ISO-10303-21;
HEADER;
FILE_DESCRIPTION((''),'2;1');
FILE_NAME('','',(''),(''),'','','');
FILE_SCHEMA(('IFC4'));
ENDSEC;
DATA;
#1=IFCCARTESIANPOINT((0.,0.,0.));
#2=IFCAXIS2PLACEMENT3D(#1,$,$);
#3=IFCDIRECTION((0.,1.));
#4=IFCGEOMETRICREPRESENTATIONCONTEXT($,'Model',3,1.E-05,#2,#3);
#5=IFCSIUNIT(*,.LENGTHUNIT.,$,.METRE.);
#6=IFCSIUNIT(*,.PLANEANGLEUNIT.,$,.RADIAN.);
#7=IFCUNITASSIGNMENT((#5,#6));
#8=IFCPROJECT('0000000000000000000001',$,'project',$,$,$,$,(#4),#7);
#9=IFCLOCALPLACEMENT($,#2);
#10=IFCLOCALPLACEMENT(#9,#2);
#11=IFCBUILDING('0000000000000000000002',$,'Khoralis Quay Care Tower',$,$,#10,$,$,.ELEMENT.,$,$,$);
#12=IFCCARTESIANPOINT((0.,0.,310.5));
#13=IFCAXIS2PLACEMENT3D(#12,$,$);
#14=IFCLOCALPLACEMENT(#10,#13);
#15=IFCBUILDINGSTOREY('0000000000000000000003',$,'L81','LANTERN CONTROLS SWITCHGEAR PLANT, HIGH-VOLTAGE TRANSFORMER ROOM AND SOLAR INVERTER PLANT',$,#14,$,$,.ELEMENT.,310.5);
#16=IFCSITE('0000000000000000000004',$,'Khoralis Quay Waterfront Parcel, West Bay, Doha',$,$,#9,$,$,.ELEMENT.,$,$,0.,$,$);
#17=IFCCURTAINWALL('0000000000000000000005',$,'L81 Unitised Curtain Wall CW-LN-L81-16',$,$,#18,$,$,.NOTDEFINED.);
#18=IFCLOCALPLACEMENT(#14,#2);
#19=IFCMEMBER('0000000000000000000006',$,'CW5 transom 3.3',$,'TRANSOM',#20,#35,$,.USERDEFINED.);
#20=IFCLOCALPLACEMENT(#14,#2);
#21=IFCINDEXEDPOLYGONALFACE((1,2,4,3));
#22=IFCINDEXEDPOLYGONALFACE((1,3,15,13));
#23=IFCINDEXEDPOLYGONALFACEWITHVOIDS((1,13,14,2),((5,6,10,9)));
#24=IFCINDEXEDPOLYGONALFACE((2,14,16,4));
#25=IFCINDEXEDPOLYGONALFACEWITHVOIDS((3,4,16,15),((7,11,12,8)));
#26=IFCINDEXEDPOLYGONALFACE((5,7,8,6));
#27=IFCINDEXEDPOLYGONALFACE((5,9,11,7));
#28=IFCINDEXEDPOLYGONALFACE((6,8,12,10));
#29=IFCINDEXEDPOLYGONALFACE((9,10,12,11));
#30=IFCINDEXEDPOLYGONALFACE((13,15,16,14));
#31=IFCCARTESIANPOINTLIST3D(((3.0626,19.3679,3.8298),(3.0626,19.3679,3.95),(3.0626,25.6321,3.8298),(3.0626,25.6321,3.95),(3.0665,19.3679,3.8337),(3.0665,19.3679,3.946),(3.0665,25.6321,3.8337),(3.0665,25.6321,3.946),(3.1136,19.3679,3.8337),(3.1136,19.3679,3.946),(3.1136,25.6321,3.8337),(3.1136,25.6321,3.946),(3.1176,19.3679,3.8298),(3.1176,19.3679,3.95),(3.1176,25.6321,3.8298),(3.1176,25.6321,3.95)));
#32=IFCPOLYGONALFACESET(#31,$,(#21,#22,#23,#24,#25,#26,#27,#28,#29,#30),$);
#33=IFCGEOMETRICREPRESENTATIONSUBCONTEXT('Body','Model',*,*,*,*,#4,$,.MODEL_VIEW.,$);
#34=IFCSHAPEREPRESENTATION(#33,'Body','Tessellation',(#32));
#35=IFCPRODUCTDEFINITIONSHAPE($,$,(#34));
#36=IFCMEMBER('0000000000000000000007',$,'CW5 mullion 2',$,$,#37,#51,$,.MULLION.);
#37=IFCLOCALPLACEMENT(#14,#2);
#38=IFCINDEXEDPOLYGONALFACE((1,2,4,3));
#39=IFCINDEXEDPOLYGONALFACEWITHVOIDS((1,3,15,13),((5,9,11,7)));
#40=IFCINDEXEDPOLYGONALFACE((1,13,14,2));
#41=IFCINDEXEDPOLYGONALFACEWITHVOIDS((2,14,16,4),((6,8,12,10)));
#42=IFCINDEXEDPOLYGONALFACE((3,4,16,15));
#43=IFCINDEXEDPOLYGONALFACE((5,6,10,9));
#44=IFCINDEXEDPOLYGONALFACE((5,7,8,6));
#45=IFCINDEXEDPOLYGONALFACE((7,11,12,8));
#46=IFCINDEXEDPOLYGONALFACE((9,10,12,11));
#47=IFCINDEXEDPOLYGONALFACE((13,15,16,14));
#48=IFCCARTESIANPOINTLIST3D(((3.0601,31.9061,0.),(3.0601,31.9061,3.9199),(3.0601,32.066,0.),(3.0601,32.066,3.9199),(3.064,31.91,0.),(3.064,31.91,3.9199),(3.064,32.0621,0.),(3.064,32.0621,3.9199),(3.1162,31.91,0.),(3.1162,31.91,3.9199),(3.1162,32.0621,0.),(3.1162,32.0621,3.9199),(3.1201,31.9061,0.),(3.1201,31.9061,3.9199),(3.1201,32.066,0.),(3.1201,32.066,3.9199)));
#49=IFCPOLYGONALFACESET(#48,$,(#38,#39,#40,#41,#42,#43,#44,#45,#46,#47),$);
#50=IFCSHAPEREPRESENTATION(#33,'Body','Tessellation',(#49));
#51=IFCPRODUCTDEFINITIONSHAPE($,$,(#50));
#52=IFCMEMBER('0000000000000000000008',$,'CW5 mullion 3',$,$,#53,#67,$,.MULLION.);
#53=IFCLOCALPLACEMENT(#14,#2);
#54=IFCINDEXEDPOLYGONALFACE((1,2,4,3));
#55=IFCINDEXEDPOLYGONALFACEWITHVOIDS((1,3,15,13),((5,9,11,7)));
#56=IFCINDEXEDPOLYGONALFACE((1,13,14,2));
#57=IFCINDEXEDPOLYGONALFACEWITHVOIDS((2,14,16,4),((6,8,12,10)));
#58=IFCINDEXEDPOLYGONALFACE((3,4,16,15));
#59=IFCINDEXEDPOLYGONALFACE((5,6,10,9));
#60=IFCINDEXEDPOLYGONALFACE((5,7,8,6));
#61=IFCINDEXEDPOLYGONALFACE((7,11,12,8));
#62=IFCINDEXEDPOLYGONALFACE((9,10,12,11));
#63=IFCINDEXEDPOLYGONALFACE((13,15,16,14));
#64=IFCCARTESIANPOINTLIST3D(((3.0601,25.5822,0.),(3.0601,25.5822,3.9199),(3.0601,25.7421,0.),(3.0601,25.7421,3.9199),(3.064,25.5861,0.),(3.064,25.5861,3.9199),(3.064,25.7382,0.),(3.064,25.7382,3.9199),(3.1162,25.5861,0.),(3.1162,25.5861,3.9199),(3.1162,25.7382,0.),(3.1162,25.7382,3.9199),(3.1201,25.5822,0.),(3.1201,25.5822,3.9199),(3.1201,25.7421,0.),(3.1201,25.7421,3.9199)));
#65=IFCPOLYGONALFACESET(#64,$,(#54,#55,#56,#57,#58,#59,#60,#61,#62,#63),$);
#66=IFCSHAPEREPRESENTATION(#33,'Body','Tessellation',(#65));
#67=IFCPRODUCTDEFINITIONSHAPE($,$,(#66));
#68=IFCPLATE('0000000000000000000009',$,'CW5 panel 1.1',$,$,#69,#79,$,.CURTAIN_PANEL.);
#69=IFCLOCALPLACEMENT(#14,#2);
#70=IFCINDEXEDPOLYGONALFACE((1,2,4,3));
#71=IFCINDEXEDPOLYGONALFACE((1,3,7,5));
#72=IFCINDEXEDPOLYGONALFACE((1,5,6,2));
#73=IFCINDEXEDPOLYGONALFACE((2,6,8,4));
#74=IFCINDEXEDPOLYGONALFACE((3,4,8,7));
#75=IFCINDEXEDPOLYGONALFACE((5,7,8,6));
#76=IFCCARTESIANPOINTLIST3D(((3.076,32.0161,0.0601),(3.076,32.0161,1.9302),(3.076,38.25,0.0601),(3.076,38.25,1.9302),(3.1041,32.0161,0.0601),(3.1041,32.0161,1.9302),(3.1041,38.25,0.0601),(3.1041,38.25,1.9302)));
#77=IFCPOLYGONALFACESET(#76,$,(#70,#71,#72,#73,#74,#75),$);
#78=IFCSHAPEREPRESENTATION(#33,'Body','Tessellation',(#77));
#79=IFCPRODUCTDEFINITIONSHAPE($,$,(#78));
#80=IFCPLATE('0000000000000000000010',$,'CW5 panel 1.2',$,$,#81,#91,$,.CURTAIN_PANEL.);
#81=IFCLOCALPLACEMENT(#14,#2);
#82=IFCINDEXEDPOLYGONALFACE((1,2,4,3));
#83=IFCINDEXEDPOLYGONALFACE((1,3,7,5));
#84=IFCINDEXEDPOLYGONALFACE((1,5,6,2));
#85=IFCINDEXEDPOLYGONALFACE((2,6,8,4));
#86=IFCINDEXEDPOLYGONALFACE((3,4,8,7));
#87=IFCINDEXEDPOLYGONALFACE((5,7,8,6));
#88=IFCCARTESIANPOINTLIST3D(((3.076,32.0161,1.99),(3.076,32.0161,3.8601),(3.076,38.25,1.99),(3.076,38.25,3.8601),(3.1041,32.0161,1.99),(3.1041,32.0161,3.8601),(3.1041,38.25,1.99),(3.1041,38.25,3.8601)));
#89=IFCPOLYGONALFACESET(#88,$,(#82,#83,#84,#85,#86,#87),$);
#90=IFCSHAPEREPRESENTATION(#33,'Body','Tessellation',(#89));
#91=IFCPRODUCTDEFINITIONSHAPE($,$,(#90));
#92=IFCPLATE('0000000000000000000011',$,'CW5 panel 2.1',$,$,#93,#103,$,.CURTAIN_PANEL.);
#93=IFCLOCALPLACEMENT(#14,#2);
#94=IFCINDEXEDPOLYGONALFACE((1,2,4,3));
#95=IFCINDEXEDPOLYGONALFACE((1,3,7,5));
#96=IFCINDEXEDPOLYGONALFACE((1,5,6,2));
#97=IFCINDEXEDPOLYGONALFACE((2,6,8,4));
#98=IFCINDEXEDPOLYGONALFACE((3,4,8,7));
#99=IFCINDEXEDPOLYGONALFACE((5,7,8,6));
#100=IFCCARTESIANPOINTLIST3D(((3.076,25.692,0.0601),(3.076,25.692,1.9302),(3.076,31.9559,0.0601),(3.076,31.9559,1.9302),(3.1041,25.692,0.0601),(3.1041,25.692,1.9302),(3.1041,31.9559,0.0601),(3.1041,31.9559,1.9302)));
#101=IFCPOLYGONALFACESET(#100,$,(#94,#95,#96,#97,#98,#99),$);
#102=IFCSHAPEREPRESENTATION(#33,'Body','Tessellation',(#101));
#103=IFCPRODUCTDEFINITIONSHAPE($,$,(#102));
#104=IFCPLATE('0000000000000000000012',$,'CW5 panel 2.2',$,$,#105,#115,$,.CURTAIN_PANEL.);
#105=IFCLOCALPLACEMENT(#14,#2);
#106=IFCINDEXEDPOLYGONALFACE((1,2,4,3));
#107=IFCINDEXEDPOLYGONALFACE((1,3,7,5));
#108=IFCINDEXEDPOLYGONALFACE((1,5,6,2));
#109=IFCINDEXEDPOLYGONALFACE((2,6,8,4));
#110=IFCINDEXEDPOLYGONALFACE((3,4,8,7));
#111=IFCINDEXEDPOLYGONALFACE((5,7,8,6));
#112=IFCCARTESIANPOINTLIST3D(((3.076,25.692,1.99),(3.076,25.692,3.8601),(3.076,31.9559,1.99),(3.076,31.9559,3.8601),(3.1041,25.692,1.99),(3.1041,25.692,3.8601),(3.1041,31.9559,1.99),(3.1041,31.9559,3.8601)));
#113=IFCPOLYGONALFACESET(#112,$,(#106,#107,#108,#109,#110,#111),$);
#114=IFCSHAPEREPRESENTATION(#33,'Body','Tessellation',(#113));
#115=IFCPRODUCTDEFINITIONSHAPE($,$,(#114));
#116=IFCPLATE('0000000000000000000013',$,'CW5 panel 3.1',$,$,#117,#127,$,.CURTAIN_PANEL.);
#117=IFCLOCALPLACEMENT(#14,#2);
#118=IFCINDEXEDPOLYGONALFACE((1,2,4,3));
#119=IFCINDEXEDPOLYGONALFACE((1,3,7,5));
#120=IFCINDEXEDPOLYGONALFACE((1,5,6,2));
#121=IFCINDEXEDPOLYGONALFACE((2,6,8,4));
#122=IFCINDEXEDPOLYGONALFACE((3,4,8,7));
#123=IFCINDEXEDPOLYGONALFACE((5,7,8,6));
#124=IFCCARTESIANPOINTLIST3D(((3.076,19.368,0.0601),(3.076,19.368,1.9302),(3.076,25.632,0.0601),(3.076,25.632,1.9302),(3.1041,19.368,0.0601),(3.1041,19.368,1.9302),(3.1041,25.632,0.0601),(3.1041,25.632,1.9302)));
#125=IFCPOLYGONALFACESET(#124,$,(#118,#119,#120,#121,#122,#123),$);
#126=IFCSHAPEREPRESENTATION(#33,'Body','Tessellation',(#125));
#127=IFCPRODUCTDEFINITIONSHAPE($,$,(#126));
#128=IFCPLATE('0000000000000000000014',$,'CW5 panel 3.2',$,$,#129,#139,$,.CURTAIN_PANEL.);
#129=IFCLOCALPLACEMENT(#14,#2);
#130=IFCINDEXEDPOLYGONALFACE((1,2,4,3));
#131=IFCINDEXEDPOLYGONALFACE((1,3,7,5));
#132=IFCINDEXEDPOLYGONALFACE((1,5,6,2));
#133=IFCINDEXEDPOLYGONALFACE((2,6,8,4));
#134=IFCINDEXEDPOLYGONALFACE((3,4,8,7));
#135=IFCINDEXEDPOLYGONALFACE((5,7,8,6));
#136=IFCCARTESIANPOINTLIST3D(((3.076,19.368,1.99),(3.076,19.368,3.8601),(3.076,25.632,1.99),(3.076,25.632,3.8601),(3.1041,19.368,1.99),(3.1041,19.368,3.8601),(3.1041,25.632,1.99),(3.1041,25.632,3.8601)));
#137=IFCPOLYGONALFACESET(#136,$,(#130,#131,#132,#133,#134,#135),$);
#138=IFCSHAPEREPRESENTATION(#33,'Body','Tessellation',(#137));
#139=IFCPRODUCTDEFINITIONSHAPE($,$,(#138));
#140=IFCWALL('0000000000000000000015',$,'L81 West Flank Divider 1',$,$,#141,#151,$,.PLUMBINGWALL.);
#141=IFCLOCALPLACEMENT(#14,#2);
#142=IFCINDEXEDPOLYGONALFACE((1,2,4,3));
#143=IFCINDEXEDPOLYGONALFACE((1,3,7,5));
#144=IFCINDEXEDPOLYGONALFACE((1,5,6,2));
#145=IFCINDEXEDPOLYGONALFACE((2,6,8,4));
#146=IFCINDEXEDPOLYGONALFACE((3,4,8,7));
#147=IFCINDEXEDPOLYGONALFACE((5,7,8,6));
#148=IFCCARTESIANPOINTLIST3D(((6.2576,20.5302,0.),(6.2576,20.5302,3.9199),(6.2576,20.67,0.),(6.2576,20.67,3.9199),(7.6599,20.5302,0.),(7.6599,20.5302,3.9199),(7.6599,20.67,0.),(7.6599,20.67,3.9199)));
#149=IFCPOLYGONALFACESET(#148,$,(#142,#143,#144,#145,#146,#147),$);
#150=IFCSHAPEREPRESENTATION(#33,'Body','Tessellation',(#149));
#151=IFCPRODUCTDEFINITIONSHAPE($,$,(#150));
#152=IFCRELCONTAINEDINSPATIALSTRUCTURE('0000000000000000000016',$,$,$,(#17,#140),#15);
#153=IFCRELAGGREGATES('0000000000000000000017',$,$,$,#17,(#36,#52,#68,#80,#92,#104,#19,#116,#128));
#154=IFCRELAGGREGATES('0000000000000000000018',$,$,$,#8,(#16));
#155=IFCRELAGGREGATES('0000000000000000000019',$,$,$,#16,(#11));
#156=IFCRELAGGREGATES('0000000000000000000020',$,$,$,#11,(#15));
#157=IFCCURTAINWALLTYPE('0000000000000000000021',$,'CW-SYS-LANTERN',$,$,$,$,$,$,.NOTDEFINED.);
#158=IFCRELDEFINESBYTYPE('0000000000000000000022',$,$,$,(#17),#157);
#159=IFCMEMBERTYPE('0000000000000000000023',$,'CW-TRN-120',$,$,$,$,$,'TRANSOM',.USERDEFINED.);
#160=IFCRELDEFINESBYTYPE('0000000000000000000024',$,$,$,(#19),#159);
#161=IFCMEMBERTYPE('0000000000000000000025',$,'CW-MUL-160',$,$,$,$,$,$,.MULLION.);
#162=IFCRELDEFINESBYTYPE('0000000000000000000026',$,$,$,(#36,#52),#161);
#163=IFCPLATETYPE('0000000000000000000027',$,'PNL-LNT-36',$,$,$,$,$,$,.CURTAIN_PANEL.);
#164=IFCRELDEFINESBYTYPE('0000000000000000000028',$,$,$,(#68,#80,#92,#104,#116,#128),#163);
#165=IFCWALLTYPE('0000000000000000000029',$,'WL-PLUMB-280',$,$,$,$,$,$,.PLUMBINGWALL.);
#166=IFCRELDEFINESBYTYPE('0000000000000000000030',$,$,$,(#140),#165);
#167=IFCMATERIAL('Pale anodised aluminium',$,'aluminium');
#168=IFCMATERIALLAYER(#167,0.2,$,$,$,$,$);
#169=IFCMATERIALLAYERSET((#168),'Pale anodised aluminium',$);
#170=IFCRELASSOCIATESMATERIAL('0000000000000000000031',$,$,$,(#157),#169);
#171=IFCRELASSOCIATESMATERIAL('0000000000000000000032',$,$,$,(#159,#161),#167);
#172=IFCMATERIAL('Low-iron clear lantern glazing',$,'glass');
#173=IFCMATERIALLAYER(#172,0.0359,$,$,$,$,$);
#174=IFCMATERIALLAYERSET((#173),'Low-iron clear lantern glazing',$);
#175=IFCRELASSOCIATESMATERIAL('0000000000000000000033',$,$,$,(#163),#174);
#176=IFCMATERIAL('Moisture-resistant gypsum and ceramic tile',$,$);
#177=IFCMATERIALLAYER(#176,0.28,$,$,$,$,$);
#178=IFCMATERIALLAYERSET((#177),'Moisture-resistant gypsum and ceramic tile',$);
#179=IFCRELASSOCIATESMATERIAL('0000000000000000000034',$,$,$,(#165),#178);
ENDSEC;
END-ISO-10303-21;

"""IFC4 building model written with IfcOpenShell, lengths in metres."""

from ifc_helpers import new_model, si_unit, direction, frame, frame_2d, origin, origin_2d, place, context, subcontext, project, spatial, rectangle, hollow_rectangle, extrude, source, transform, mapped, material, layer, layer_set, material_profile, profile_set, type_object, element, aggregate, save


model = new_model("IFC4")

# Units and contexts
model_context = context("Model", 3, precision=1e-05, world=origin(), true_north=direction((0.0, 1.0)))
body_context = subcontext(model_context, "Body", "Model", "MODEL_VIEW")
ifc_project = project(units=[si_unit("LENGTHUNIT", "METRE"), si_unit("PLANEANGLEUNIT", "RADIAN")], contexts=[model_context])

# Site, building, storey
site_placement = place(None, origin())
site = spatial("IfcSite", under=ifc_project, at=site_placement, Name="Khoralis Quay Waterfront Parcel, West Bay, Doha", CompositionType="ELEMENT", RefElevation=0.0)
building_placement = place(site_placement, origin())
building = spatial("IfcBuilding", under=site, at=building_placement, Name="Khoralis Quay Care Tower", CompositionType="ELEMENT")
storey_placement = place(building_placement, frame((0.0, 0.0, 310.5)))
storey = spatial("IfcBuildingStorey", under=building, at=storey_placement, Name="L81", Description="LANTERN CONTROLS SWITCHGEAR PLANT, HIGH-VOLTAGE TRANSFORMER ROOM AND SOLAR INVERTER PLANT", CompositionType="ELEMENT", Elevation=310.5)

# Curtain wall, members, plates
ifc_material_1 = material(Name="Pale anodised aluminium", Category="aluminium")
ifc_layer_1 = layer(ifc_material_1, 0.2)
ifc_layer_set_1 = layer_set([ifc_layer_1], Name="Pale anodised aluminium")
curtain_wall_type = type_object("IfcCurtainWallType", Name="CW-SYS-LANTERN", PredefinedType="NOTDEFINED", material=ifc_layer_set_1)
curtain_wall_placement = place(storey_placement, origin())
curtain_wall = element("IfcCurtainWall", 1, at=curtain_wall_placement, inside=storey, type_object=curtain_wall_type, Name="L81 Unitised Curtain Wall CW-LN-L81-16", PredefinedType="NOTDEFINED")
ifc_material_profile_1 = material_profile(ifc_material_1, hollow_rectangle(XDim=0.0549, YDim=0.1201, WallThickness=0.0039, at=origin_2d()), Name="Pale anodised aluminium")
ifc_profile_set_1 = profile_set([ifc_material_profile_1], Name="Pale anodised aluminium")
member_type_1 = type_object("IfcMemberType", Name="CW-TRN-120", ElementType="TRANSOM", PredefinedType="USERDEFINED", material=ifc_profile_set_1)
shared_shape_1 = source(origin(), body_context, "Body", "SweptSolid", [
    extrude(hollow_rectangle(XDim=0.0549, YDim=0.1201, WallThickness=0.0039, at=origin_2d()), origin(), (0.0, 0.0, 1.0), 6.2642),
])
member_1_placement = place(storey_placement, frame((3.0901, 25.6321, 3.8899), z_axis=(0.0, -1.0, 0.0), x_axis=(1.0, 0.0, 0.0)))
member_1 = element("IfcMember", 2, at=member_1_placement, type_object=member_type_1, Name="CW5 transom 3.3", ObjectType="TRANSOM", PredefinedType="USERDEFINED", context=body_context, shape_type="MappedRepresentation", body=[
    mapped(shared_shape_1, transform((0.0, 0.0, 0.0), scale=1.0)),
])
ifc_material_profile_2 = material_profile(ifc_material_1, hollow_rectangle(XDim=0.0601, YDim=0.1599, WallThickness=0.0039, at=origin_2d()), Name="Pale anodised aluminium")
ifc_profile_set_2 = profile_set([ifc_material_profile_2], Name="Pale anodised aluminium")
member_type_2 = type_object("IfcMemberType", Name="CW-MUL-160", PredefinedType="MULLION", material=ifc_profile_set_2)
shared_shape_2 = source(origin(), body_context, "Body", "SweptSolid", [
    extrude(hollow_rectangle(XDim=0.0601, YDim=0.1599, WallThickness=0.0039, at=origin_2d()), origin(), (0.0, 0.0, 1.0), 3.9199),
])
member_2_placement = place(storey_placement, frame((3.0901, 31.9861, 0.0), z_axis=(0.0, 0.0, 1.0), x_axis=(1.0, 0.0, 0.0)))
member_2 = element("IfcMember", 3, at=member_2_placement, type_object=member_type_2, Name="CW5 mullion 2", PredefinedType="MULLION", context=body_context, shape_type="MappedRepresentation", body=[
    mapped(shared_shape_2, transform((0.0, 0.0, 0.0), scale=1.0)),
])
member_3_placement = place(storey_placement, frame((3.0901, 25.6621, 0.0), z_axis=(0.0, 0.0, 1.0), x_axis=(1.0, 0.0, 0.0)))
member_3 = element("IfcMember", 4, at=member_3_placement, type_object=member_type_2, Name="CW5 mullion 3", PredefinedType="MULLION", context=body_context, shape_type="MappedRepresentation", body=[
    mapped(shared_shape_2, transform((0.0, 0.0, 0.0), scale=1.0)),
])
ifc_material_2 = material(Name="Low-iron clear lantern glazing", Category="glass")
ifc_layer_2 = layer(ifc_material_2, 0.0359)
ifc_layer_set_2 = layer_set([ifc_layer_2], Name="Low-iron clear lantern glazing")
plate_type = type_object("IfcPlateType", Name="PNL-LNT-36", PredefinedType="CURTAIN_PANEL", material=ifc_layer_set_2)
shared_shape_3 = source(origin(), body_context, "Body", "SweptSolid", [
    extrude(rectangle(XDim=6.2339, YDim=0.0281, at=origin_2d()), origin(), (0.0, 0.0, 1.0), 1.8701),
])
plate_1_placement = place(storey_placement, frame((3.0901, 35.1331, 0.0601), z_axis=(0.0, 0.0, 1.0), x_axis=(0.0, -1.0, 0.0)))
plate_1 = element("IfcPlate", 5, at=plate_1_placement, type_object=plate_type, Name="CW5 panel 1.1", PredefinedType="CURTAIN_PANEL", context=body_context, shape_type="MappedRepresentation", body=[
    mapped(shared_shape_3, transform((0.0, 0.0, 0.0), scale=1.0)),
])
plate_2_placement = place(storey_placement, frame((3.0901, 35.1331, 1.99), z_axis=(0.0, 0.0, 1.0), x_axis=(0.0, -1.0, 0.0)))
plate_2 = element("IfcPlate", 6, at=plate_2_placement, type_object=plate_type, Name="CW5 panel 1.2", PredefinedType="CURTAIN_PANEL", context=body_context, shape_type="MappedRepresentation", body=[
    mapped(shared_shape_3, transform((0.0, 0.0, 0.0), scale=1.0)),
])
shared_shape_4 = source(origin(), body_context, "Body", "SweptSolid", [
    extrude(rectangle(XDim=6.2639, YDim=0.0281, at=origin_2d()), origin(), (0.0, 0.0, 1.0), 1.8701),
])
plate_3_placement = place(storey_placement, frame((3.0901, 28.824, 0.0601), z_axis=(0.0, 0.0, 1.0), x_axis=(0.0, -1.0, 0.0)))
plate_3 = element("IfcPlate", 7, at=plate_3_placement, type_object=plate_type, Name="CW5 panel 2.1", PredefinedType="CURTAIN_PANEL", context=body_context, shape_type="MappedRepresentation", body=[
    mapped(shared_shape_4, transform((0.0, 0.0, 0.0), scale=1.0)),
])
plate_4_placement = place(storey_placement, frame((3.0901, 28.824, 1.99), z_axis=(0.0, 0.0, 1.0), x_axis=(0.0, -1.0, 0.0)))
plate_4 = element("IfcPlate", 8, at=plate_4_placement, type_object=plate_type, Name="CW5 panel 2.2", PredefinedType="CURTAIN_PANEL", context=body_context, shape_type="MappedRepresentation", body=[
    mapped(shared_shape_4, transform((0.0, 0.0, 0.0), scale=1.0)),
])
plate_5_placement = place(storey_placement, frame((3.0901, 22.5, 0.0601), z_axis=(0.0, 0.0, 1.0), x_axis=(0.0, -1.0, 0.0)))
plate_5 = element("IfcPlate", 9, at=plate_5_placement, type_object=plate_type, Name="CW5 panel 3.1", PredefinedType="CURTAIN_PANEL", context=body_context, shape_type="MappedRepresentation", body=[
    mapped(shared_shape_4, transform((0.0, 0.0, 0.0), scale=1.0)),
])
plate_6_placement = place(storey_placement, frame((3.0901, 22.5, 1.99), z_axis=(0.0, 0.0, 1.0), x_axis=(0.0, -1.0, 0.0)))
plate_6 = element("IfcPlate", 10, at=plate_6_placement, type_object=plate_type, Name="CW5 panel 3.2", PredefinedType="CURTAIN_PANEL", context=body_context, shape_type="MappedRepresentation", body=[
    mapped(shared_shape_4, transform((0.0, 0.0, 0.0), scale=1.0)),
])
aggregate(curtain_wall, [member_2, member_3, plate_1, plate_2, plate_3, plate_4, member_1, plate_5, plate_6])

# Wall
ifc_material_3 = material(Name="Moisture-resistant gypsum and ceramic tile")
ifc_layer_3 = layer(ifc_material_3, 0.28)
ifc_layer_set_3 = layer_set([ifc_layer_3], Name="Moisture-resistant gypsum and ceramic tile")
wall_type = type_object("IfcWallType", Name="WL-PLUMB-280", PredefinedType="PLUMBINGWALL", material=ifc_layer_set_3)
wall_placement = place(storey_placement, frame((6.2576, 20.6001, 0.0), z_axis=(0.0, 0.0, 1.0), x_axis=(1.0, 0.0, 0.0)))
element("IfcWall", 11, at=wall_placement, inside=storey, type_object=wall_type, Name="L81 West Flank Divider 1", PredefinedType="PLUMBINGWALL", context=body_context, shape_type="SweptSolid", body=[
    extrude(rectangle(XDim=1.4023, YDim=0.1399, at=frame_2d((0.7012, 0.0))), origin(), (0.0, 0.0, 1.0), 3.9199),
])

save(model, "model.ifc")
